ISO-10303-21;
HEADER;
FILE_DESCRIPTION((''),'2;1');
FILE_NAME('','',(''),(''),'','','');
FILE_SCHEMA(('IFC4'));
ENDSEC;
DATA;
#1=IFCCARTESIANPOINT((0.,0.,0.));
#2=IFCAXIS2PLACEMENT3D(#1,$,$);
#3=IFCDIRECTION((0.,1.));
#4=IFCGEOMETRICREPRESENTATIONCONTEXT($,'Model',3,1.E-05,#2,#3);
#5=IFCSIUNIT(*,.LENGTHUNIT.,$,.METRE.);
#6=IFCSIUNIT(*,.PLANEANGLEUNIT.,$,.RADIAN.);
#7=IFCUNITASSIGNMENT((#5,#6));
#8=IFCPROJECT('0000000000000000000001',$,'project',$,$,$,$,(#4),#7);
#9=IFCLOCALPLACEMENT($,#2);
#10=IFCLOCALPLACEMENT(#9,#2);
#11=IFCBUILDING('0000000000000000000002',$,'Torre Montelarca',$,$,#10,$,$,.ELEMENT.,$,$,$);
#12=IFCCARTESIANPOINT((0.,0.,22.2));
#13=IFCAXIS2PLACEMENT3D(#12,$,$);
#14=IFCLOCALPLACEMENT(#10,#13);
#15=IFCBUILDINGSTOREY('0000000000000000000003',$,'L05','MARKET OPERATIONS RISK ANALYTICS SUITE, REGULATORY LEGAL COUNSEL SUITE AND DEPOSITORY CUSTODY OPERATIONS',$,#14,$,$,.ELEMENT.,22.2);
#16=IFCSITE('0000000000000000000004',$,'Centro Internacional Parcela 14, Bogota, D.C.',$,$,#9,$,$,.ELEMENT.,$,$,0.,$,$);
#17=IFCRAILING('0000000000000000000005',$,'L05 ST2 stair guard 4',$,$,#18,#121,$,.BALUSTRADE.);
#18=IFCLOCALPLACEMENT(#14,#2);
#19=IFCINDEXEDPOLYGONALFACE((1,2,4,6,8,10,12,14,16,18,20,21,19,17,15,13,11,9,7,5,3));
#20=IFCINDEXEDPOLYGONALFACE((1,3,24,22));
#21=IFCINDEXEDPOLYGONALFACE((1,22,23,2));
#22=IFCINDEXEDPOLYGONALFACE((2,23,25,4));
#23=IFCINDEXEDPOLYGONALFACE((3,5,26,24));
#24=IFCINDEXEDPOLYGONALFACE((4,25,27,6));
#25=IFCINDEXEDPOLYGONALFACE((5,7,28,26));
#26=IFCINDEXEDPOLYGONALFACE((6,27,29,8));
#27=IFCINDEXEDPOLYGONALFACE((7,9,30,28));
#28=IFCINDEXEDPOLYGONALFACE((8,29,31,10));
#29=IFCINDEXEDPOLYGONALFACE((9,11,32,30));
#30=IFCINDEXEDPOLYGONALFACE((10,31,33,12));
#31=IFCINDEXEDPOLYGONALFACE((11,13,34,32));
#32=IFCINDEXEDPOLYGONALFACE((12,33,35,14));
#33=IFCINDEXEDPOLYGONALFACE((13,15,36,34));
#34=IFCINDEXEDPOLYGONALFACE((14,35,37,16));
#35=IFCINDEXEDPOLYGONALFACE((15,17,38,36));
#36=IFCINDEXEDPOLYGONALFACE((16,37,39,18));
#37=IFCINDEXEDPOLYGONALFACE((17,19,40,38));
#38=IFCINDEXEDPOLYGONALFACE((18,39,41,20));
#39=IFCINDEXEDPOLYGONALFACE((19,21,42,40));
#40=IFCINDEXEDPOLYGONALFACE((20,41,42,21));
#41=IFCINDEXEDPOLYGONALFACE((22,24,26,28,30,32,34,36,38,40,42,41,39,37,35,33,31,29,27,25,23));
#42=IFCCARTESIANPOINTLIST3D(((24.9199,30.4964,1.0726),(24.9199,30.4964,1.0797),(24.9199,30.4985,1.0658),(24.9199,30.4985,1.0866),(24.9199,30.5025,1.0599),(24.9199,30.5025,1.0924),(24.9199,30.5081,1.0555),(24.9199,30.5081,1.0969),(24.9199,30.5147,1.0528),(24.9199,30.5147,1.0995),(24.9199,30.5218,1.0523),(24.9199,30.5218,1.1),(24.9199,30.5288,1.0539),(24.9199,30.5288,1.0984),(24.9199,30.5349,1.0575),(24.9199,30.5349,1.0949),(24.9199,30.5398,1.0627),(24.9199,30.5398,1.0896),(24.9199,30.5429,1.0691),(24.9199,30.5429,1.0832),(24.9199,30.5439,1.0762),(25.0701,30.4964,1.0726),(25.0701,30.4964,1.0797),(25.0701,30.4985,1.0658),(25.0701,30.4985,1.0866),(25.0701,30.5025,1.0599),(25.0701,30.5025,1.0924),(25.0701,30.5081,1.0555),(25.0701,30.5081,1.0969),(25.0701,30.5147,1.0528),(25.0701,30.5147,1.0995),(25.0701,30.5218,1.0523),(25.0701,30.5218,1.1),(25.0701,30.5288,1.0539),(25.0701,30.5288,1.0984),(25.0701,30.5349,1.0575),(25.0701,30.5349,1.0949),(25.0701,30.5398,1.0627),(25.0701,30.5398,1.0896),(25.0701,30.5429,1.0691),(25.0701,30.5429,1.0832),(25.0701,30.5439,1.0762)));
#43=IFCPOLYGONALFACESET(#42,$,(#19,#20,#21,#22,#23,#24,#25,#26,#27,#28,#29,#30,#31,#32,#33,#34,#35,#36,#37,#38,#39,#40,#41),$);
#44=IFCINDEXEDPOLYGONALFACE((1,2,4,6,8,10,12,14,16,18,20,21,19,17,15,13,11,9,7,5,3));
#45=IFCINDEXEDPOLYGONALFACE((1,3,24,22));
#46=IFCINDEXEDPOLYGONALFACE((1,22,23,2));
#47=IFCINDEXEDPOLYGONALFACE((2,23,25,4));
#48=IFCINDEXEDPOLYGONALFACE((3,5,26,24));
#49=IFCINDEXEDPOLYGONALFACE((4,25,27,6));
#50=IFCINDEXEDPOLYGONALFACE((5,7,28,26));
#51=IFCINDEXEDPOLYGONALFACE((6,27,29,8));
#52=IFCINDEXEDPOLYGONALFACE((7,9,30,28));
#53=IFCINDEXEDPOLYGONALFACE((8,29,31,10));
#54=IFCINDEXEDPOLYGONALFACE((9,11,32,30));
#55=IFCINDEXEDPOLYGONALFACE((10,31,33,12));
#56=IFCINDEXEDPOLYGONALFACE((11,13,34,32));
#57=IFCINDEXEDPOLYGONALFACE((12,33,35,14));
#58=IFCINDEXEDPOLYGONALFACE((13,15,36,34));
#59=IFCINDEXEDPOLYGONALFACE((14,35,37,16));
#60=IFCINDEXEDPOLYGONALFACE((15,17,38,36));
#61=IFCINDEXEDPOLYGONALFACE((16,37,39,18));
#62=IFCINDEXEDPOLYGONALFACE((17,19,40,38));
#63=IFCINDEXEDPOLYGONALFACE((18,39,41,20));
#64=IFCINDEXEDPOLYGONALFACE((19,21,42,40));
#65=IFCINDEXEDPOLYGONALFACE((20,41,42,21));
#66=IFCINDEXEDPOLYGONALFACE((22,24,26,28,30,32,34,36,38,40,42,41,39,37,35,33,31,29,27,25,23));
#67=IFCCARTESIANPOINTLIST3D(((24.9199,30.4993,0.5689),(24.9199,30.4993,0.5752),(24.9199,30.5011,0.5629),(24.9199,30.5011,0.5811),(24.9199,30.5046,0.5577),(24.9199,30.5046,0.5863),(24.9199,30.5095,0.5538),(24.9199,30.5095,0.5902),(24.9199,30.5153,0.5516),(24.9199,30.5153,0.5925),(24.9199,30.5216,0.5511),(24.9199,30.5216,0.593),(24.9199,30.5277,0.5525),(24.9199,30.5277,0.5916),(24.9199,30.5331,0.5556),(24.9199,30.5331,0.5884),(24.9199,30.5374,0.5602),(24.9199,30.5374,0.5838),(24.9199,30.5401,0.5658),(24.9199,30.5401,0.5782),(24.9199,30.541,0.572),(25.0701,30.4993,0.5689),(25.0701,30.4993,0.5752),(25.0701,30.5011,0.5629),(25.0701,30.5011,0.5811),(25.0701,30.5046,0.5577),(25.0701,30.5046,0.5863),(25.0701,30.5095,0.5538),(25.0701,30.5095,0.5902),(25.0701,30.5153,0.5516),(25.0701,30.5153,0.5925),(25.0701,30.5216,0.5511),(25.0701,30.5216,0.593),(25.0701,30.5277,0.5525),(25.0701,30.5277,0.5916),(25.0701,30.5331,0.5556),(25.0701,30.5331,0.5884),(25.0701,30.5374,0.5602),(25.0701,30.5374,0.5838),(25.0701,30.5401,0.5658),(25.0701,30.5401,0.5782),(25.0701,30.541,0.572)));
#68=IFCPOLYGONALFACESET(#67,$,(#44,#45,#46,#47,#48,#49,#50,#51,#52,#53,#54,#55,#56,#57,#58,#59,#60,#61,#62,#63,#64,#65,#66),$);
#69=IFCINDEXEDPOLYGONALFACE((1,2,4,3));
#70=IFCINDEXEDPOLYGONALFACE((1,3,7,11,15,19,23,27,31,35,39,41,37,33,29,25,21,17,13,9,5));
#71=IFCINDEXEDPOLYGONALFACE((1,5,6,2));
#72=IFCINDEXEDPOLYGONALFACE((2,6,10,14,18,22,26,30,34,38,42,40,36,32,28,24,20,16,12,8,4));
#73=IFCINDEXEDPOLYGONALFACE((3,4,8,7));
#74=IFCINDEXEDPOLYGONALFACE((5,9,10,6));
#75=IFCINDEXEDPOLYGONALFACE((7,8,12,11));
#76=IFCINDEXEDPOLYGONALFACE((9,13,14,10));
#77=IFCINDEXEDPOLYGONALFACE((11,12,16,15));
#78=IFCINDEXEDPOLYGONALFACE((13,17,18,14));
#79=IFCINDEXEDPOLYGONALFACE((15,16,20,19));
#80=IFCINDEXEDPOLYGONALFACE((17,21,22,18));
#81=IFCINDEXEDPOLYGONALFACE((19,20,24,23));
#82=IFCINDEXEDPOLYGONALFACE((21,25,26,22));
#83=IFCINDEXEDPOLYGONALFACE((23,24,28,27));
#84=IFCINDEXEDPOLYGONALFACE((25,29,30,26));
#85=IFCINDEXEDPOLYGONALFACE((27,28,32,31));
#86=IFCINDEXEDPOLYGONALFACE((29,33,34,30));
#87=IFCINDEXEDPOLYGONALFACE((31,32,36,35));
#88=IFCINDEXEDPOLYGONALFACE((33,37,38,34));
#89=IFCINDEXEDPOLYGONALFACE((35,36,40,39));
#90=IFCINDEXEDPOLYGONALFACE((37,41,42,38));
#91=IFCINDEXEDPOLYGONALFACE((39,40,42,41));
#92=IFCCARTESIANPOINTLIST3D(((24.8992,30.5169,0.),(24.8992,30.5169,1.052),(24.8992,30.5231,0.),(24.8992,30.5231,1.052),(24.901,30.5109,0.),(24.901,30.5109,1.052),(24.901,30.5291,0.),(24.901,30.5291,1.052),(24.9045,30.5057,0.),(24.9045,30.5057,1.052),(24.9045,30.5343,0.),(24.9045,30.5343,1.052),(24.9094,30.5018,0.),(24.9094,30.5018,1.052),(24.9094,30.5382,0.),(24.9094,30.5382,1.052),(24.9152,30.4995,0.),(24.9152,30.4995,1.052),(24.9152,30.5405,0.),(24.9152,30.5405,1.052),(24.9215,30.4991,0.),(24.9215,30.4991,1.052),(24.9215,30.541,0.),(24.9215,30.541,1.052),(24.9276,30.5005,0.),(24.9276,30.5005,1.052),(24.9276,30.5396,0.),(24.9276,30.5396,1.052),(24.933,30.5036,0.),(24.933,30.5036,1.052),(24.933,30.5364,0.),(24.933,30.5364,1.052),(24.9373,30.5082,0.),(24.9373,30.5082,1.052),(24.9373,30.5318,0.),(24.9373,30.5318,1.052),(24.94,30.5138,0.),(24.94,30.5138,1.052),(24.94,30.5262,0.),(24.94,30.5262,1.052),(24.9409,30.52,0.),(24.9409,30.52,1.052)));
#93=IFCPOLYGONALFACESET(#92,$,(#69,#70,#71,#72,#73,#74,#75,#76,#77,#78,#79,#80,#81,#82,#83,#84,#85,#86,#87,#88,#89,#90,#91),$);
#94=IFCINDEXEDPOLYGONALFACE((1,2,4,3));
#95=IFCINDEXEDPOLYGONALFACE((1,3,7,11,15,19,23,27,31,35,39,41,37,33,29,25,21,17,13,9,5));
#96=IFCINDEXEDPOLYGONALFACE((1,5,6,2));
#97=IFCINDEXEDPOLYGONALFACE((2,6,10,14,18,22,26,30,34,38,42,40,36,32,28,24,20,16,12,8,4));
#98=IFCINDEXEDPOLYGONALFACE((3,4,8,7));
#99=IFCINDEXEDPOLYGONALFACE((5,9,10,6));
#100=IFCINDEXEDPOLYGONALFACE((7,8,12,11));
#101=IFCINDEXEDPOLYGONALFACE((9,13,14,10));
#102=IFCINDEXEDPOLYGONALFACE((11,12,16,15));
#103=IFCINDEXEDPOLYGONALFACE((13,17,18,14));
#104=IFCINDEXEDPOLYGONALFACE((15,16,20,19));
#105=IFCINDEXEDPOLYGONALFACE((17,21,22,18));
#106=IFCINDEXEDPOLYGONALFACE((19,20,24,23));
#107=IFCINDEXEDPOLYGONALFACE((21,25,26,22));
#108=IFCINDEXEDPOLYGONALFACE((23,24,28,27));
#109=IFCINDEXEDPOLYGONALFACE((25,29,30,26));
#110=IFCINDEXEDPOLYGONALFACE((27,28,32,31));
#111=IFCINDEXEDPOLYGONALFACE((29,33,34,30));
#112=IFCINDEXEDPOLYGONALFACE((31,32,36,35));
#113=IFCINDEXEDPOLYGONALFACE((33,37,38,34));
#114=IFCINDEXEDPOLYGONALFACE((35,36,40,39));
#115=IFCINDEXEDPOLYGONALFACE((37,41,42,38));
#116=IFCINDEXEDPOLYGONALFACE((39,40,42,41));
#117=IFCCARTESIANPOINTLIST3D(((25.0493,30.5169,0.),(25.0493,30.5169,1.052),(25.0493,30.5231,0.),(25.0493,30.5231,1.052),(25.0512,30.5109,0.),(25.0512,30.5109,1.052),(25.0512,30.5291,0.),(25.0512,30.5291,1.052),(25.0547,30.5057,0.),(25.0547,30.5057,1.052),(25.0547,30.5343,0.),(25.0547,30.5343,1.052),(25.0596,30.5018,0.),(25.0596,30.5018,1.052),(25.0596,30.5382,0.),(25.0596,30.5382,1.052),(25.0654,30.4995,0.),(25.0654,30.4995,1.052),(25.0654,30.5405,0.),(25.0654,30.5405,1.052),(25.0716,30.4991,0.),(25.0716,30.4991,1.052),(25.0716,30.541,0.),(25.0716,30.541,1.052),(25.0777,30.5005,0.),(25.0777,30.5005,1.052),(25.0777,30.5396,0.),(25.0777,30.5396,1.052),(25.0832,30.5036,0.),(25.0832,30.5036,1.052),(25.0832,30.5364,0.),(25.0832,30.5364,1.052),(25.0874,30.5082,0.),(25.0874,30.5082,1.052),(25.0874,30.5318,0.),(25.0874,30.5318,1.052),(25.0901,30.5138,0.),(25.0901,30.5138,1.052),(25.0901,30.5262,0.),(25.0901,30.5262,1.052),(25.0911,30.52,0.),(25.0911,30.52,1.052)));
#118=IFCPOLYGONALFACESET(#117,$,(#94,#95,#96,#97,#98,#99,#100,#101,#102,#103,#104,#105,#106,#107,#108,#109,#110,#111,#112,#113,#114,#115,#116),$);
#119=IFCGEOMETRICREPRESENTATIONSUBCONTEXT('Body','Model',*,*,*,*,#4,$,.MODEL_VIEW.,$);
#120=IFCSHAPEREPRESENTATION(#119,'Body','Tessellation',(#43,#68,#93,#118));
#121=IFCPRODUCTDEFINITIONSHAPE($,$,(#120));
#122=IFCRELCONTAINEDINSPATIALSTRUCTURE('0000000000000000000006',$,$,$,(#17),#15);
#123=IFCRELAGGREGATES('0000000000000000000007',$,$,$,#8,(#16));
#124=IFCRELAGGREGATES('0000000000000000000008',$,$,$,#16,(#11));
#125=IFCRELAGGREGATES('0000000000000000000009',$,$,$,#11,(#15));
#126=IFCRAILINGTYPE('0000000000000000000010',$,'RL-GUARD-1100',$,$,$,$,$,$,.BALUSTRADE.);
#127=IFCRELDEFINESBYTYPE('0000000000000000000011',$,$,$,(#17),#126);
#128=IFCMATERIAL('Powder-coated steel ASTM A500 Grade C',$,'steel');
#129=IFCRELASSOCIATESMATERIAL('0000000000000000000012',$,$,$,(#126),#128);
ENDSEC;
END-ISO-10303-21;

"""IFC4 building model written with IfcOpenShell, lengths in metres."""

from ifc_helpers import new_model, si_unit, direction, frame, origin, origin_2d, place, context, subcontext, project, spatial, circle, extrude, material, type_object, element, save


model = new_model("IFC4")

# Units and contexts
model_context = context("Model", 3, precision=1e-05, world=origin(), true_north=direction((0.0, 1.0)))
body_context = subcontext(model_context, "Body", "Model", "MODEL_VIEW")
ifc_project = project(units=[si_unit("LENGTHUNIT", "METRE"), si_unit("PLANEANGLEUNIT", "RADIAN")], contexts=[model_context])

# Site, building, storey
site_placement = place(None, origin())
site = spatial("IfcSite", under=ifc_project, at=site_placement, Name="Centro Internacional Parcela 14, Bogota, D.C.", CompositionType="ELEMENT", RefElevation=0.0)
building_placement = place(site_placement, origin())
building = spatial("IfcBuilding", under=site, at=building_placement, Name="Torre Montelarca", CompositionType="ELEMENT")
storey_placement = place(building_placement, frame((0.0, 0.0, 22.2)))
storey = spatial("IfcBuildingStorey", under=building, at=storey_placement, Name="L05", Description="MARKET OPERATIONS RISK ANALYTICS SUITE, REGULATORY LEGAL COUNSEL SUITE AND DEPOSITORY CUSTODY OPERATIONS", CompositionType="ELEMENT", Elevation=22.2)

# Railing
ifc_material_1 = material(Name="Powder-coated steel ASTM A500 Grade C", Category="steel")
railing_type_1 = type_object("IfcRailingType", Name="RL-GUARD-1100", PredefinedType="BALUSTRADE", material=ifc_material_1)
railing_1_placement = place(storey_placement, frame((24.9199, 30.52, 0.0)))
element("IfcRailing", 1, at=railing_1_placement, inside=storey, type_object=railing_type_1, Name="L05 ST2 stair guard 4", PredefinedType="BALUSTRADE", context=body_context, shape_type="SweptSolid", body=[
    extrude(circle(Radius=0.0239, at=origin_2d()), frame((0.0, 0.0, 1.0762), z_axis=(1.0, 0.0, 0.0), x_axis=(0.0, 1.0, 0.0)), (0.0, 0.0, 1.0), 0.1501),
    extrude(circle(Radius=0.021, at=origin_2d()), frame((0.0, 0.0, 0.572), z_axis=(1.0, 0.0, 0.0), x_axis=(0.0, 1.0, 0.0)), (0.0, 0.0, 1.0), 0.1501),
    extrude(circle(Radius=0.021, at=origin_2d()), origin(), (0.0, 0.0, 1.0), 1.052),
    extrude(circle(Radius=0.021, at=origin_2d()), frame((0.1501, 0.0, 0.0)), (0.0, 0.0, 1.0), 1.052),
])

save(model, "model.ifc")
